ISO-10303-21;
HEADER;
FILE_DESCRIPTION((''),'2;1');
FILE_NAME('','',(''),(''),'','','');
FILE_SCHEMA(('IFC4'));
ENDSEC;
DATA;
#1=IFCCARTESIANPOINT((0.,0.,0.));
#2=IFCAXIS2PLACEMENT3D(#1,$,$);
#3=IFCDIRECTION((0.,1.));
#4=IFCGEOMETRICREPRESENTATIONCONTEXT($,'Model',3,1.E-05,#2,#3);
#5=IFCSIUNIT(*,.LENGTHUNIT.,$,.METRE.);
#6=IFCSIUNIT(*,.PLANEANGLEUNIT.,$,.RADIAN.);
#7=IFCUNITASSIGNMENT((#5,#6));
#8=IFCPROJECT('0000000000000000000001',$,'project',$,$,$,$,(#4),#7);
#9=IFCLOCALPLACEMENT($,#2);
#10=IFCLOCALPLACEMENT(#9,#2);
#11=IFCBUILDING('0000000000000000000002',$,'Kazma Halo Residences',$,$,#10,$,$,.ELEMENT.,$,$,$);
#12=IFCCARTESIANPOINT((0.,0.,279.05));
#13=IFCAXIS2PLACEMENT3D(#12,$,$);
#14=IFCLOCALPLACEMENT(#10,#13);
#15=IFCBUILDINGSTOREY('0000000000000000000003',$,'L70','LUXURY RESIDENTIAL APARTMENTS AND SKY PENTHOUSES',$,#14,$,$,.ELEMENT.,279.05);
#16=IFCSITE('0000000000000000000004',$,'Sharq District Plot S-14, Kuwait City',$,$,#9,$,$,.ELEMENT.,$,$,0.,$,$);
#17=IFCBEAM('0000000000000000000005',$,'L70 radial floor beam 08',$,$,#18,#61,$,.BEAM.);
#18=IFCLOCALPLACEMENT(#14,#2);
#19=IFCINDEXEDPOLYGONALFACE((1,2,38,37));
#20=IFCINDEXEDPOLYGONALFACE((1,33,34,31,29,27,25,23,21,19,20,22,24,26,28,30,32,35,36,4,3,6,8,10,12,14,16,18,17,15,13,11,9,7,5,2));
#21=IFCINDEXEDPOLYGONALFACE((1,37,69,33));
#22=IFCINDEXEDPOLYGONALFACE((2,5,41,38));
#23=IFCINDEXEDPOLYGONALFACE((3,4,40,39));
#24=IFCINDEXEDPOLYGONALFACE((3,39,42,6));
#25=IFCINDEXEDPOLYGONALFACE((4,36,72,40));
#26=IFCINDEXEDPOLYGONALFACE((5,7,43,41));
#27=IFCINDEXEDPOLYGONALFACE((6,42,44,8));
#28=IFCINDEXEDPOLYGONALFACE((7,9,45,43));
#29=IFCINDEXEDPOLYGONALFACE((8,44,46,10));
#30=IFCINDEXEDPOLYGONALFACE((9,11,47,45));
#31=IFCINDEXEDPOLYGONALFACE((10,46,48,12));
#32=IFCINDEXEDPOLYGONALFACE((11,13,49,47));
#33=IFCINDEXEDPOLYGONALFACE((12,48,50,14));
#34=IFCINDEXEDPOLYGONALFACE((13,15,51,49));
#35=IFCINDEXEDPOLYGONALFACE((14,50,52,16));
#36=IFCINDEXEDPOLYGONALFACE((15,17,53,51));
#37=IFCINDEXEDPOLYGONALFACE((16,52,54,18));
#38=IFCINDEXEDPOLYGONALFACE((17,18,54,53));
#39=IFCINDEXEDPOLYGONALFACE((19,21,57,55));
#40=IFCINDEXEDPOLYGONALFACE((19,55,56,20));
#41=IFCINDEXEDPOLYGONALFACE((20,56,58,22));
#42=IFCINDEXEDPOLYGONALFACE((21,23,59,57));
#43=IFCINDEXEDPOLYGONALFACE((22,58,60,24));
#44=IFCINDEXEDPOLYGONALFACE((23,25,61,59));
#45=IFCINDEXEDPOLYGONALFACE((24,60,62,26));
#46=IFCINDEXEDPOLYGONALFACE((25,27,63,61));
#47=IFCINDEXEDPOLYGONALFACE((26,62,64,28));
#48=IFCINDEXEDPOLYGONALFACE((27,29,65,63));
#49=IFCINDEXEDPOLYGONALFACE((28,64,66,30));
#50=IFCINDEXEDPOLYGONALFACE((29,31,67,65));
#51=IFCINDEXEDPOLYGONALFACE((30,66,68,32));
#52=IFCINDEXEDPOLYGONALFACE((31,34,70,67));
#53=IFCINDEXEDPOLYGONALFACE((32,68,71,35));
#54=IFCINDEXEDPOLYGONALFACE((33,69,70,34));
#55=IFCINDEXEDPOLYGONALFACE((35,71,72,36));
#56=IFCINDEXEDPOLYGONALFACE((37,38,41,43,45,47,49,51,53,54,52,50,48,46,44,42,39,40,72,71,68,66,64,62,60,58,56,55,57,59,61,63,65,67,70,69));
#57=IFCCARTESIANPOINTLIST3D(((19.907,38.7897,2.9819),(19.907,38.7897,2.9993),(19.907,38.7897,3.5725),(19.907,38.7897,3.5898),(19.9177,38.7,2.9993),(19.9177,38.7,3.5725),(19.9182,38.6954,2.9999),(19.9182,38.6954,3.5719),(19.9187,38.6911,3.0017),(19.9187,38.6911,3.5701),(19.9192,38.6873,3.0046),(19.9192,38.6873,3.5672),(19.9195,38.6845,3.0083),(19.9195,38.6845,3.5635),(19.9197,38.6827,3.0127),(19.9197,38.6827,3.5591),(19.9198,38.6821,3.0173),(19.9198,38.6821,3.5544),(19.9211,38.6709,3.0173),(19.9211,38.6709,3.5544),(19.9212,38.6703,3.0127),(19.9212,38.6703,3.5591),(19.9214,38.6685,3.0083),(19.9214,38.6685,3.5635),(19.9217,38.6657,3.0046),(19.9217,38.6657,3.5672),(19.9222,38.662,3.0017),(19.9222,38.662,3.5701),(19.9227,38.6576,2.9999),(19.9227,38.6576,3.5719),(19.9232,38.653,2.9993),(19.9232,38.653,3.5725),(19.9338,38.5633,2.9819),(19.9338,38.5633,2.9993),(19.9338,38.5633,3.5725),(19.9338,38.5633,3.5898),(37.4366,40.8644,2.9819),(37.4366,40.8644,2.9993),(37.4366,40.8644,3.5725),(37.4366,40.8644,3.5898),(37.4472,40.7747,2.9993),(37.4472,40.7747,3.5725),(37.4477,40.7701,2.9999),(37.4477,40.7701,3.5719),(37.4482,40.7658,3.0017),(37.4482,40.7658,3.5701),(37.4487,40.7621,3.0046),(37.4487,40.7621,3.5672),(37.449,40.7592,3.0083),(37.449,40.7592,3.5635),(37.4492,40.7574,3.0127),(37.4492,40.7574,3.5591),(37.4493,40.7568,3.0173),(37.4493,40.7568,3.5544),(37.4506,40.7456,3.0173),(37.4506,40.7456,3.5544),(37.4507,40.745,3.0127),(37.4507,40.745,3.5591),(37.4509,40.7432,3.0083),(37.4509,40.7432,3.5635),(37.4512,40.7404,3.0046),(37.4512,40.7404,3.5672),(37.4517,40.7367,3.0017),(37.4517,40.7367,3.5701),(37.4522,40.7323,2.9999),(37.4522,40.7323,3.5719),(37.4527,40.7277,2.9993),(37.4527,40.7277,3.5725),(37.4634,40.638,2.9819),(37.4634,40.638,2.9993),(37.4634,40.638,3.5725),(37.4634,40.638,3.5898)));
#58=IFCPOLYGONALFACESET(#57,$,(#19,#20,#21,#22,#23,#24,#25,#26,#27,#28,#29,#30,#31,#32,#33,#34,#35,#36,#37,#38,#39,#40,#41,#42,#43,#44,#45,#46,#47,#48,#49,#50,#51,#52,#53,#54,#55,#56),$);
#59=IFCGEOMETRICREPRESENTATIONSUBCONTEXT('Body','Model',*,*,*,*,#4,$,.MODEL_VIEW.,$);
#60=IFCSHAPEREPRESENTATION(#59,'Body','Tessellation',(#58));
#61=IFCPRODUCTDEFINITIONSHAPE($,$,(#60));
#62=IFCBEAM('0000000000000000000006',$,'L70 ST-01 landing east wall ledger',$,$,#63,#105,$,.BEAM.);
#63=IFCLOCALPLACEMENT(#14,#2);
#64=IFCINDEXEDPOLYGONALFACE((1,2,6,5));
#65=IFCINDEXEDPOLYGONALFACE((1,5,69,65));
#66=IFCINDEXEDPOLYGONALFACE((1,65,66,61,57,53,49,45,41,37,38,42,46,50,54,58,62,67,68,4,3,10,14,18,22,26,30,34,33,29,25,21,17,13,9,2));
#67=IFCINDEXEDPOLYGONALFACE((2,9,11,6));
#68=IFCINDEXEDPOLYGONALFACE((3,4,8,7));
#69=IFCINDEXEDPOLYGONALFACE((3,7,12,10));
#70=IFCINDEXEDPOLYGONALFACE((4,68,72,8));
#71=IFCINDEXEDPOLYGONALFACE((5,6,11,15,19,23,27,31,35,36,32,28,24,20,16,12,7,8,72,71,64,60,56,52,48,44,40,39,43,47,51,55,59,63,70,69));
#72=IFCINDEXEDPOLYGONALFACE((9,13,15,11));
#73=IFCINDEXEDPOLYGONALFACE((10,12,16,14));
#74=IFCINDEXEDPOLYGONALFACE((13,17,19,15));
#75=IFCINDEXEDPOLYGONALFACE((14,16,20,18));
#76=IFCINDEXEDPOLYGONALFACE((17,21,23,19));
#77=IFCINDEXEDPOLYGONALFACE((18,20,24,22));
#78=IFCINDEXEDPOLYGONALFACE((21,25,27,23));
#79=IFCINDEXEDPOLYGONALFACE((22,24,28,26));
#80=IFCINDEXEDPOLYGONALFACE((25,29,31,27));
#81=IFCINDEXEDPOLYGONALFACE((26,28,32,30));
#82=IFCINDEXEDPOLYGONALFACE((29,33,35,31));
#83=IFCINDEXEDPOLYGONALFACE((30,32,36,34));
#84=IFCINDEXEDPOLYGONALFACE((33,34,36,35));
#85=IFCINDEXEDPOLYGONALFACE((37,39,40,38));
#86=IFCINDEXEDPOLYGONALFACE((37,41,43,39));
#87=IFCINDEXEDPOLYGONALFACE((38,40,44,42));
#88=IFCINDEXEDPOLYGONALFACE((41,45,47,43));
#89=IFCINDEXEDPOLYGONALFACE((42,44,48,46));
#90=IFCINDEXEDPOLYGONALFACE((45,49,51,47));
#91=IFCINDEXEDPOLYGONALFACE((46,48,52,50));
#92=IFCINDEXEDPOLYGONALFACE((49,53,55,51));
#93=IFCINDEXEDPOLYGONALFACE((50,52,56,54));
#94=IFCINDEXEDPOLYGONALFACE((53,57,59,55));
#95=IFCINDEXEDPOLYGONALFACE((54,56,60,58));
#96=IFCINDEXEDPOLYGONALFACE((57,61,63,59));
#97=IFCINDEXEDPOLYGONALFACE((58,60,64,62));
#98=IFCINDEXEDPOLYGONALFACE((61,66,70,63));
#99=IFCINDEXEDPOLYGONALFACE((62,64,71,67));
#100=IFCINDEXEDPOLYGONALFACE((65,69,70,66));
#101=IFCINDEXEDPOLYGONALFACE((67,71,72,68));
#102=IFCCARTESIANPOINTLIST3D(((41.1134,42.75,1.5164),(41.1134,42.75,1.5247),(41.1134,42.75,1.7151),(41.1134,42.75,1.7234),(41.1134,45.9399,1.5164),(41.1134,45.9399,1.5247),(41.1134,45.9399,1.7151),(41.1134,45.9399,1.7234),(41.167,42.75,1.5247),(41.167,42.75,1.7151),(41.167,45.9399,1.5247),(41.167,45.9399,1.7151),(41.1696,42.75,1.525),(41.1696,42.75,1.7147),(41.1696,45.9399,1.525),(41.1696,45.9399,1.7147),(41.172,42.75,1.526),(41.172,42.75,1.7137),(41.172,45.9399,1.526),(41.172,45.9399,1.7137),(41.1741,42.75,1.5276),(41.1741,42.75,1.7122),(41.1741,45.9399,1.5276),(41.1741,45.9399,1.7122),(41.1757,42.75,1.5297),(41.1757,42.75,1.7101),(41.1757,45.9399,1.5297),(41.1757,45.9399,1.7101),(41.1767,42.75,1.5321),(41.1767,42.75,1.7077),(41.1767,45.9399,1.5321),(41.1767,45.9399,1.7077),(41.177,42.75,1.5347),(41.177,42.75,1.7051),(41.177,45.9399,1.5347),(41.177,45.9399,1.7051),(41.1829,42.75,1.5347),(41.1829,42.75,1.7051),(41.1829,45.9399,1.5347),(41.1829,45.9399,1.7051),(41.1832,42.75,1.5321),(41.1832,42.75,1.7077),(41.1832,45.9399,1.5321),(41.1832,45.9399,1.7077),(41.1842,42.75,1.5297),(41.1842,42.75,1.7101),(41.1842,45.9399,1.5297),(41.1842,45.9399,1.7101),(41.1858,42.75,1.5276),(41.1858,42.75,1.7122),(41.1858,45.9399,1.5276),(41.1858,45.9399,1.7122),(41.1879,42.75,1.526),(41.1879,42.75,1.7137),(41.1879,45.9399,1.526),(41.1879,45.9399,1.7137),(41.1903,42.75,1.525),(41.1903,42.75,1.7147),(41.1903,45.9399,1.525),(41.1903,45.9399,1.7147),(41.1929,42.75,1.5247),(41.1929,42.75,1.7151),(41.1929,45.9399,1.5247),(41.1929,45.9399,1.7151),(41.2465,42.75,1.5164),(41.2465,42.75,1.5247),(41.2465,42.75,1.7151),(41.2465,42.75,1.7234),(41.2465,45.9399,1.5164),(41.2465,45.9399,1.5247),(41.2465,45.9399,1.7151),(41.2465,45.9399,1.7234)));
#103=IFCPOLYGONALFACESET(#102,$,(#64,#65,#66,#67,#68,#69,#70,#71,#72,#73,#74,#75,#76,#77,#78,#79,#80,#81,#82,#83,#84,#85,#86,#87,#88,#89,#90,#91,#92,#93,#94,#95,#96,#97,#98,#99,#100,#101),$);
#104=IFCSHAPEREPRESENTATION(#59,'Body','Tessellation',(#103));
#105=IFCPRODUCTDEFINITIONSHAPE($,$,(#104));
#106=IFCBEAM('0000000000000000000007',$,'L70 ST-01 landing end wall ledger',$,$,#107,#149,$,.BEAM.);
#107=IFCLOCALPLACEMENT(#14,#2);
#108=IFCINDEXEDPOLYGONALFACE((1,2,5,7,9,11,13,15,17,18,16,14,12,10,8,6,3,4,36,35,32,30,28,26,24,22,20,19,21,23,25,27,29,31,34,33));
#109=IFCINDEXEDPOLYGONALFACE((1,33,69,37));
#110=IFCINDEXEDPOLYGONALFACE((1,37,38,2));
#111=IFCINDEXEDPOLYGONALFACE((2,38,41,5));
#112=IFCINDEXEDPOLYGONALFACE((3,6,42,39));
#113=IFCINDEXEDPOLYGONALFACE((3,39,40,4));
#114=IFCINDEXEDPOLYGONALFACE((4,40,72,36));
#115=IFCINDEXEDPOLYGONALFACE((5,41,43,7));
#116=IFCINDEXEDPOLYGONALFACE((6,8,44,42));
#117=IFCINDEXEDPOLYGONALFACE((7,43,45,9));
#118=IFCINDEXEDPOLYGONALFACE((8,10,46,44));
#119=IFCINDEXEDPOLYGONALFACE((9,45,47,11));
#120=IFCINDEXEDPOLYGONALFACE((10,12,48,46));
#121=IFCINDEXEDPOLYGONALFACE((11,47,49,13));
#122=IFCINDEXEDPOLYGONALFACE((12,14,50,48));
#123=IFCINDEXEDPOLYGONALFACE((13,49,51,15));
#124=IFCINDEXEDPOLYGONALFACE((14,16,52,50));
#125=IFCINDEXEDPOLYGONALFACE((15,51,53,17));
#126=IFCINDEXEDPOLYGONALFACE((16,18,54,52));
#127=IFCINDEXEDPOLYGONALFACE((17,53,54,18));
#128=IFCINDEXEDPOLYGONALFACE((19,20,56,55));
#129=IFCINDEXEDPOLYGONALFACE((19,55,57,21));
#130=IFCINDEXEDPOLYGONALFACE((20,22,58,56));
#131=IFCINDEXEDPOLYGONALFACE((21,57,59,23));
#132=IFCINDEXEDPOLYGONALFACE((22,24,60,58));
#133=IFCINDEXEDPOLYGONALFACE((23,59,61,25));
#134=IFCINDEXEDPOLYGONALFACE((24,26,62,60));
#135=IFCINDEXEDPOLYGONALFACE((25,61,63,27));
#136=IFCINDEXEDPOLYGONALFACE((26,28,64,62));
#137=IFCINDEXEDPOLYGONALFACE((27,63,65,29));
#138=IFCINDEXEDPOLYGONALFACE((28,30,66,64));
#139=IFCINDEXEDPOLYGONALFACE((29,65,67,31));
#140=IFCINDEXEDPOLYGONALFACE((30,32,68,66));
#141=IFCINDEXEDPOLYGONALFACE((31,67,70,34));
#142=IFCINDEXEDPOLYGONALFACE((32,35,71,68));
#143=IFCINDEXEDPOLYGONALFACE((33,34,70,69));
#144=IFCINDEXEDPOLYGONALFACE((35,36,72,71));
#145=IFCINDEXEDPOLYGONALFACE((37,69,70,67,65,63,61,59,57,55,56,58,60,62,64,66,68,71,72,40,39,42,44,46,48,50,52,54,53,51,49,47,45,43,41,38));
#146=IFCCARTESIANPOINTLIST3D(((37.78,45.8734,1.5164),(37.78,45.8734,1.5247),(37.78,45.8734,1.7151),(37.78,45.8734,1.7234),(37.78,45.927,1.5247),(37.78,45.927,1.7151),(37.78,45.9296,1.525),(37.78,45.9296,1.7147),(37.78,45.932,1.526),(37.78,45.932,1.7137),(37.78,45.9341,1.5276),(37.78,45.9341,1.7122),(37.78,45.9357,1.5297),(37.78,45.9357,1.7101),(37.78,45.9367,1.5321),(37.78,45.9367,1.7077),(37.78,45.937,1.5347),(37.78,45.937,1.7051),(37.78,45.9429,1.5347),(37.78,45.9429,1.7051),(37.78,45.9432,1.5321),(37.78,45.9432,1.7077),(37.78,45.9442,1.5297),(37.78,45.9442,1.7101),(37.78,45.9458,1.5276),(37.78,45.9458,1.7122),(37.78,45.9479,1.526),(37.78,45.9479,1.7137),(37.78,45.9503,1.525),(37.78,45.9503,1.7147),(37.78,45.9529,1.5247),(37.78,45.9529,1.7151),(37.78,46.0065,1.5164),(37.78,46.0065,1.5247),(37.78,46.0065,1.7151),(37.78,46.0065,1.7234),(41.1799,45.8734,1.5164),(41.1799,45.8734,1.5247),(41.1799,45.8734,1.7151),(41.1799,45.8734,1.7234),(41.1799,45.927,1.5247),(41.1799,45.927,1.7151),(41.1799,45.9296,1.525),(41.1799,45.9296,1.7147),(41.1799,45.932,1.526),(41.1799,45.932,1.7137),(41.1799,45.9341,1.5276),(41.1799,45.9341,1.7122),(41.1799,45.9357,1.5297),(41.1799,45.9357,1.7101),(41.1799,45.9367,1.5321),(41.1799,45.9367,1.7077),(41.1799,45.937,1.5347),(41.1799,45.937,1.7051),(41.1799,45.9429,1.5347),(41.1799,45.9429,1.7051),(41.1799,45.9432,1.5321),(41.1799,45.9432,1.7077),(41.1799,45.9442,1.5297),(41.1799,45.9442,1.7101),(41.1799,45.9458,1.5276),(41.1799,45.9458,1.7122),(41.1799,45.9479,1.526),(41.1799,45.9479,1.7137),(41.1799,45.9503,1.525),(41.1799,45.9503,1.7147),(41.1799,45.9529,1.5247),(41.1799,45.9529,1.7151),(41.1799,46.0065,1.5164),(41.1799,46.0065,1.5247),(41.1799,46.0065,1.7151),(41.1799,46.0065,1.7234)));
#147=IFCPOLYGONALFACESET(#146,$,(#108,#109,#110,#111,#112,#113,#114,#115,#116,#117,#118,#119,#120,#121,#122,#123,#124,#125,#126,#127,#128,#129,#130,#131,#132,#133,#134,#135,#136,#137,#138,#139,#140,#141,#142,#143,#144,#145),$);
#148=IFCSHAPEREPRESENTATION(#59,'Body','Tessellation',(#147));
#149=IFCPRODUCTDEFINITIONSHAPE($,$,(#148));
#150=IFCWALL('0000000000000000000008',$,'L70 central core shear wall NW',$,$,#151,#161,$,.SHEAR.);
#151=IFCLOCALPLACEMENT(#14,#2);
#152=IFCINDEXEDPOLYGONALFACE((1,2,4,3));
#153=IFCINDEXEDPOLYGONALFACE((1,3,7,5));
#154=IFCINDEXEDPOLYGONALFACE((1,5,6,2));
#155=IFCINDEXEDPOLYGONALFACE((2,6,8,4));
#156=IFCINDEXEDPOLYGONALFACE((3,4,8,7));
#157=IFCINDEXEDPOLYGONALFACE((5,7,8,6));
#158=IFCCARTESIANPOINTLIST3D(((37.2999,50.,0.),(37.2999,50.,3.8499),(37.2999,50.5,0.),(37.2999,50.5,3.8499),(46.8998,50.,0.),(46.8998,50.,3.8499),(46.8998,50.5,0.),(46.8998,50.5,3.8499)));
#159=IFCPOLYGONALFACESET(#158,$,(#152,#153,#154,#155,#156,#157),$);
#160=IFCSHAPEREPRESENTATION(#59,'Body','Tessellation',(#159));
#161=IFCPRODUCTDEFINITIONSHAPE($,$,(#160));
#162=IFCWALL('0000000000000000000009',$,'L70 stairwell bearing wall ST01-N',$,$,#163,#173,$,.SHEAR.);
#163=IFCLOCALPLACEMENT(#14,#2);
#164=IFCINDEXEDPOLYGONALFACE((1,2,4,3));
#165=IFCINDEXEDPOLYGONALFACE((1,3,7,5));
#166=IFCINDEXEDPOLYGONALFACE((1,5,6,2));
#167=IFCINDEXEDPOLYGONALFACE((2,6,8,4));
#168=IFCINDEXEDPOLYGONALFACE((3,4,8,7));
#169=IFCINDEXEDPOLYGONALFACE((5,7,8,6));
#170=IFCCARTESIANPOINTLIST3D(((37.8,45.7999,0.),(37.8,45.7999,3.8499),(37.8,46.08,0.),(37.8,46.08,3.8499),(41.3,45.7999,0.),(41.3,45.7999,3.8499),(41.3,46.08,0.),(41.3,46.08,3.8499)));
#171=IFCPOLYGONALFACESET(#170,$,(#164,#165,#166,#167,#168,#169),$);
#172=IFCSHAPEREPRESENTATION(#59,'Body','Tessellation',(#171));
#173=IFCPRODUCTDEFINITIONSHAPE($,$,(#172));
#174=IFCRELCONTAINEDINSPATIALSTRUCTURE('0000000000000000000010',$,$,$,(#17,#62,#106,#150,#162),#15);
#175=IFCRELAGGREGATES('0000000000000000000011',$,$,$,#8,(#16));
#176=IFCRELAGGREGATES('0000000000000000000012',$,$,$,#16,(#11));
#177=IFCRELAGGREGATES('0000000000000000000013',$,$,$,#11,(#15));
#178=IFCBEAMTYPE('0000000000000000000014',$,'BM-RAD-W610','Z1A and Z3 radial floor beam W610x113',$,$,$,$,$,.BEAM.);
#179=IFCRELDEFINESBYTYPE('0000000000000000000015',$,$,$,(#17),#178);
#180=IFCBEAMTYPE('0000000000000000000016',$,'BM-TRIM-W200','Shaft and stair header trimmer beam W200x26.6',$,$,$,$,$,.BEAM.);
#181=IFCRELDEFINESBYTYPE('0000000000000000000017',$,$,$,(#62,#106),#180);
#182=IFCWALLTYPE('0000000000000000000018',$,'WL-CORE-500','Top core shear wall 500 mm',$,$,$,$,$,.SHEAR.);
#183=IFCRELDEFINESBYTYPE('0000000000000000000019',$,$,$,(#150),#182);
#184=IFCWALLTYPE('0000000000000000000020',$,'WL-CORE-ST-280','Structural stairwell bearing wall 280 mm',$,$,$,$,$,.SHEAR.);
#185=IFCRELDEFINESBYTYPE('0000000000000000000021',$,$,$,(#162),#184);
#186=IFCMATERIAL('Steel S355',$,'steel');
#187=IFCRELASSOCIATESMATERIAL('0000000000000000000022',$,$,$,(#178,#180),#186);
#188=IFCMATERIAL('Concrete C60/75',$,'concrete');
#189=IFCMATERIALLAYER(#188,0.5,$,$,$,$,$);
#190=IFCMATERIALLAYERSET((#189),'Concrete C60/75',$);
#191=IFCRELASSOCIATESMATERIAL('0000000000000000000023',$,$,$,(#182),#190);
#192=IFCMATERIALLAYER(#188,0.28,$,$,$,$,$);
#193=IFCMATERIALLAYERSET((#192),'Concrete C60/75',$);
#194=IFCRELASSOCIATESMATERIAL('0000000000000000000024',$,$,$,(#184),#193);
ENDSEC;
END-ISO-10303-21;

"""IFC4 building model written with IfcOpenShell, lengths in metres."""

from ifc_helpers import new_model, si_unit, direction, frame, frame_2d, origin, origin_2d, place, context, subcontext, project, spatial, rectangle, i_section, extrude, material, layer, layer_set, material_profile, profile_set, type_object, element, save


model = new_model("IFC4")

# Units and contexts
model_context = context("Model", 3, precision=1e-05, world=origin(), true_north=direction((0.0, 1.0)))
body_context = subcontext(model_context, "Body", "Model", "MODEL_VIEW")
ifc_project = project(units=[si_unit("LENGTHUNIT", "METRE"), si_unit("PLANEANGLEUNIT", "RADIAN")], contexts=[model_context])

# Site, building, storey
site_placement = place(None, origin())
site = spatial("IfcSite", under=ifc_project, at=site_placement, Name="Sharq District Plot S-14, Kuwait City", CompositionType="ELEMENT", RefElevation=0.0)
building_placement = place(site_placement, origin())
building = spatial("IfcBuilding", under=site, at=building_placement, Name="Kazma Halo Residences", CompositionType="ELEMENT")
storey_placement = place(building_placement, frame((0.0, 0.0, 279.05)))
storey = spatial("IfcBuildingStorey", under=building, at=storey_placement, Name="L70", Description="LUXURY RESIDENTIAL APARTMENTS AND SKY PENTHOUSES", CompositionType="ELEMENT", Elevation=279.05)

# Shared definitions
ifc_material_1 = material(Name="Steel S355", Category="steel")

# Beams
ifc_material_profile_1 = material_profile(ifc_material_1, i_section(OverallWidth=0.228, OverallDepth=0.6079, WebThickness=0.0112, FlangeThickness=0.0173, FilletRadius=0.0181, at=origin_2d()), Name="W610x113")
ifc_profile_set_1 = profile_set([ifc_material_profile_1], Name="Steel S355")
beam_type_1 = type_object("IfcBeamType", Name="BM-RAD-W610", Description="Z1A and Z3 radial floor beam W610x113", PredefinedType="BEAM", material=ifc_profile_set_1)
beam_1_placement = place(storey_placement, frame((37.45, 40.7512, 3.2859), z_axis=(-0.993069, -0.117535, 0.0), x_axis=(0.117535, -0.993069, 0.0)))
element("IfcBeam", 1, at=beam_1_placement, inside=storey, type_object=beam_type_1, Name="L70 radial floor beam 08", PredefinedType="BEAM", context=body_context, shape_type="SweptSolid", body=[
    extrude(i_section(OverallWidth=0.228, OverallDepth=0.6079, WebThickness=0.0112, FlangeThickness=0.0173, FilletRadius=0.0181, at=origin_2d()), origin(), (0.0, 0.0, 1.0), 17.6519),
])
ifc_material_profile_2 = material_profile(ifc_material_1, i_section(OverallWidth=0.1331, OverallDepth=0.207, WebThickness=0.0059, FlangeThickness=0.0083, FilletRadius=0.01, at=origin_2d()), Name="W200x26.6")
ifc_profile_set_2 = profile_set([ifc_material_profile_2], Name="Steel S355")
beam_type_2 = type_object("IfcBeamType", Name="BM-TRIM-W200", Description="Shaft and stair header trimmer beam W200x26.6", PredefinedType="BEAM", material=ifc_profile_set_2)
beam_2_placement = place(storey_placement, frame((41.1799, 42.75, 1.6199), z_axis=(0.0, 1.0, 0.0), x_axis=(-1.0, 0.0, 0.0)))
element("IfcBeam", 2, at=beam_2_placement, inside=storey, type_object=beam_type_2, Name="L70 ST-01 landing east wall ledger", PredefinedType="BEAM", context=body_context, shape_type="SweptSolid", body=[
    extrude(i_section(OverallWidth=0.1331, OverallDepth=0.207, WebThickness=0.0059, FlangeThickness=0.0083, FilletRadius=0.01, at=origin_2d()), origin(), (0.0, 0.0, 1.0), 3.1899),
])
beam_3_placement = place(storey_placement, frame((37.78, 45.9399, 1.6199), z_axis=(1.0, 0.0, 0.0), x_axis=(0.0, 1.0, 0.0)))
element("IfcBeam", 3, at=beam_3_placement, inside=storey, type_object=beam_type_2, Name="L70 ST-01 landing end wall ledger", PredefinedType="BEAM", context=body_context, shape_type="SweptSolid", body=[
    extrude(i_section(OverallWidth=0.1331, OverallDepth=0.207, WebThickness=0.0059, FlangeThickness=0.0083, FilletRadius=0.01, at=origin_2d()), origin(), (0.0, 0.0, 1.0), 3.3999),
])

# Walls
ifc_material_2 = material(Name="Concrete C60/75", Category="concrete")
ifc_layer_1 = layer(ifc_material_2, 0.5)
ifc_layer_set_1 = layer_set([ifc_layer_1], Name="Concrete C60/75")
wall_type_1 = type_object("IfcWallType", Name="WL-CORE-500", Description="Top core shear wall 500 mm", PredefinedType="SHEAR", material=ifc_layer_set_1)
wall_1_placement = place(storey_placement, frame((37.3, 50.25, 0.0), z_axis=(0.0, 0.0, 1.0), x_axis=(1.0, 0.0, 0.0)))
element("IfcWall", 4, at=wall_1_placement, inside=storey, type_object=wall_type_1, Name="L70 central core shear wall NW", PredefinedType="SHEAR", context=body_context, shape_type="SweptSolid", body=[
    extrude(rectangle(XDim=9.5999, YDim=0.5, at=frame_2d((4.7998, 0.0))), origin(), (0.0, 0.0, 1.0), 3.8499),
])
ifc_layer_2 = layer(ifc_material_2, 0.28)
ifc_layer_set_2 = layer_set([ifc_layer_2], Name="Concrete C60/75")
wall_type_2 = type_object("IfcWallType", Name="WL-CORE-ST-280", Description="Structural stairwell bearing wall 280 mm", PredefinedType="SHEAR", material=ifc_layer_set_2)
wall_2_placement = place(storey_placement, frame((37.8, 45.9399, 0.0), z_axis=(0.0, 0.0, 1.0), x_axis=(1.0, 0.0, 0.0)))
element("IfcWall", 5, at=wall_2_placement, inside=storey, type_object=wall_type_2, Name="L70 stairwell bearing wall ST01-N", PredefinedType="SHEAR", context=body_context, shape_type="SweptSolid", body=[
    extrude(rectangle(XDim=3.5, YDim=0.28, at=frame_2d((1.75, 0.0))), origin(), (0.0, 0.0, 1.0), 3.8499),
])

save(model, "model.ifc")
